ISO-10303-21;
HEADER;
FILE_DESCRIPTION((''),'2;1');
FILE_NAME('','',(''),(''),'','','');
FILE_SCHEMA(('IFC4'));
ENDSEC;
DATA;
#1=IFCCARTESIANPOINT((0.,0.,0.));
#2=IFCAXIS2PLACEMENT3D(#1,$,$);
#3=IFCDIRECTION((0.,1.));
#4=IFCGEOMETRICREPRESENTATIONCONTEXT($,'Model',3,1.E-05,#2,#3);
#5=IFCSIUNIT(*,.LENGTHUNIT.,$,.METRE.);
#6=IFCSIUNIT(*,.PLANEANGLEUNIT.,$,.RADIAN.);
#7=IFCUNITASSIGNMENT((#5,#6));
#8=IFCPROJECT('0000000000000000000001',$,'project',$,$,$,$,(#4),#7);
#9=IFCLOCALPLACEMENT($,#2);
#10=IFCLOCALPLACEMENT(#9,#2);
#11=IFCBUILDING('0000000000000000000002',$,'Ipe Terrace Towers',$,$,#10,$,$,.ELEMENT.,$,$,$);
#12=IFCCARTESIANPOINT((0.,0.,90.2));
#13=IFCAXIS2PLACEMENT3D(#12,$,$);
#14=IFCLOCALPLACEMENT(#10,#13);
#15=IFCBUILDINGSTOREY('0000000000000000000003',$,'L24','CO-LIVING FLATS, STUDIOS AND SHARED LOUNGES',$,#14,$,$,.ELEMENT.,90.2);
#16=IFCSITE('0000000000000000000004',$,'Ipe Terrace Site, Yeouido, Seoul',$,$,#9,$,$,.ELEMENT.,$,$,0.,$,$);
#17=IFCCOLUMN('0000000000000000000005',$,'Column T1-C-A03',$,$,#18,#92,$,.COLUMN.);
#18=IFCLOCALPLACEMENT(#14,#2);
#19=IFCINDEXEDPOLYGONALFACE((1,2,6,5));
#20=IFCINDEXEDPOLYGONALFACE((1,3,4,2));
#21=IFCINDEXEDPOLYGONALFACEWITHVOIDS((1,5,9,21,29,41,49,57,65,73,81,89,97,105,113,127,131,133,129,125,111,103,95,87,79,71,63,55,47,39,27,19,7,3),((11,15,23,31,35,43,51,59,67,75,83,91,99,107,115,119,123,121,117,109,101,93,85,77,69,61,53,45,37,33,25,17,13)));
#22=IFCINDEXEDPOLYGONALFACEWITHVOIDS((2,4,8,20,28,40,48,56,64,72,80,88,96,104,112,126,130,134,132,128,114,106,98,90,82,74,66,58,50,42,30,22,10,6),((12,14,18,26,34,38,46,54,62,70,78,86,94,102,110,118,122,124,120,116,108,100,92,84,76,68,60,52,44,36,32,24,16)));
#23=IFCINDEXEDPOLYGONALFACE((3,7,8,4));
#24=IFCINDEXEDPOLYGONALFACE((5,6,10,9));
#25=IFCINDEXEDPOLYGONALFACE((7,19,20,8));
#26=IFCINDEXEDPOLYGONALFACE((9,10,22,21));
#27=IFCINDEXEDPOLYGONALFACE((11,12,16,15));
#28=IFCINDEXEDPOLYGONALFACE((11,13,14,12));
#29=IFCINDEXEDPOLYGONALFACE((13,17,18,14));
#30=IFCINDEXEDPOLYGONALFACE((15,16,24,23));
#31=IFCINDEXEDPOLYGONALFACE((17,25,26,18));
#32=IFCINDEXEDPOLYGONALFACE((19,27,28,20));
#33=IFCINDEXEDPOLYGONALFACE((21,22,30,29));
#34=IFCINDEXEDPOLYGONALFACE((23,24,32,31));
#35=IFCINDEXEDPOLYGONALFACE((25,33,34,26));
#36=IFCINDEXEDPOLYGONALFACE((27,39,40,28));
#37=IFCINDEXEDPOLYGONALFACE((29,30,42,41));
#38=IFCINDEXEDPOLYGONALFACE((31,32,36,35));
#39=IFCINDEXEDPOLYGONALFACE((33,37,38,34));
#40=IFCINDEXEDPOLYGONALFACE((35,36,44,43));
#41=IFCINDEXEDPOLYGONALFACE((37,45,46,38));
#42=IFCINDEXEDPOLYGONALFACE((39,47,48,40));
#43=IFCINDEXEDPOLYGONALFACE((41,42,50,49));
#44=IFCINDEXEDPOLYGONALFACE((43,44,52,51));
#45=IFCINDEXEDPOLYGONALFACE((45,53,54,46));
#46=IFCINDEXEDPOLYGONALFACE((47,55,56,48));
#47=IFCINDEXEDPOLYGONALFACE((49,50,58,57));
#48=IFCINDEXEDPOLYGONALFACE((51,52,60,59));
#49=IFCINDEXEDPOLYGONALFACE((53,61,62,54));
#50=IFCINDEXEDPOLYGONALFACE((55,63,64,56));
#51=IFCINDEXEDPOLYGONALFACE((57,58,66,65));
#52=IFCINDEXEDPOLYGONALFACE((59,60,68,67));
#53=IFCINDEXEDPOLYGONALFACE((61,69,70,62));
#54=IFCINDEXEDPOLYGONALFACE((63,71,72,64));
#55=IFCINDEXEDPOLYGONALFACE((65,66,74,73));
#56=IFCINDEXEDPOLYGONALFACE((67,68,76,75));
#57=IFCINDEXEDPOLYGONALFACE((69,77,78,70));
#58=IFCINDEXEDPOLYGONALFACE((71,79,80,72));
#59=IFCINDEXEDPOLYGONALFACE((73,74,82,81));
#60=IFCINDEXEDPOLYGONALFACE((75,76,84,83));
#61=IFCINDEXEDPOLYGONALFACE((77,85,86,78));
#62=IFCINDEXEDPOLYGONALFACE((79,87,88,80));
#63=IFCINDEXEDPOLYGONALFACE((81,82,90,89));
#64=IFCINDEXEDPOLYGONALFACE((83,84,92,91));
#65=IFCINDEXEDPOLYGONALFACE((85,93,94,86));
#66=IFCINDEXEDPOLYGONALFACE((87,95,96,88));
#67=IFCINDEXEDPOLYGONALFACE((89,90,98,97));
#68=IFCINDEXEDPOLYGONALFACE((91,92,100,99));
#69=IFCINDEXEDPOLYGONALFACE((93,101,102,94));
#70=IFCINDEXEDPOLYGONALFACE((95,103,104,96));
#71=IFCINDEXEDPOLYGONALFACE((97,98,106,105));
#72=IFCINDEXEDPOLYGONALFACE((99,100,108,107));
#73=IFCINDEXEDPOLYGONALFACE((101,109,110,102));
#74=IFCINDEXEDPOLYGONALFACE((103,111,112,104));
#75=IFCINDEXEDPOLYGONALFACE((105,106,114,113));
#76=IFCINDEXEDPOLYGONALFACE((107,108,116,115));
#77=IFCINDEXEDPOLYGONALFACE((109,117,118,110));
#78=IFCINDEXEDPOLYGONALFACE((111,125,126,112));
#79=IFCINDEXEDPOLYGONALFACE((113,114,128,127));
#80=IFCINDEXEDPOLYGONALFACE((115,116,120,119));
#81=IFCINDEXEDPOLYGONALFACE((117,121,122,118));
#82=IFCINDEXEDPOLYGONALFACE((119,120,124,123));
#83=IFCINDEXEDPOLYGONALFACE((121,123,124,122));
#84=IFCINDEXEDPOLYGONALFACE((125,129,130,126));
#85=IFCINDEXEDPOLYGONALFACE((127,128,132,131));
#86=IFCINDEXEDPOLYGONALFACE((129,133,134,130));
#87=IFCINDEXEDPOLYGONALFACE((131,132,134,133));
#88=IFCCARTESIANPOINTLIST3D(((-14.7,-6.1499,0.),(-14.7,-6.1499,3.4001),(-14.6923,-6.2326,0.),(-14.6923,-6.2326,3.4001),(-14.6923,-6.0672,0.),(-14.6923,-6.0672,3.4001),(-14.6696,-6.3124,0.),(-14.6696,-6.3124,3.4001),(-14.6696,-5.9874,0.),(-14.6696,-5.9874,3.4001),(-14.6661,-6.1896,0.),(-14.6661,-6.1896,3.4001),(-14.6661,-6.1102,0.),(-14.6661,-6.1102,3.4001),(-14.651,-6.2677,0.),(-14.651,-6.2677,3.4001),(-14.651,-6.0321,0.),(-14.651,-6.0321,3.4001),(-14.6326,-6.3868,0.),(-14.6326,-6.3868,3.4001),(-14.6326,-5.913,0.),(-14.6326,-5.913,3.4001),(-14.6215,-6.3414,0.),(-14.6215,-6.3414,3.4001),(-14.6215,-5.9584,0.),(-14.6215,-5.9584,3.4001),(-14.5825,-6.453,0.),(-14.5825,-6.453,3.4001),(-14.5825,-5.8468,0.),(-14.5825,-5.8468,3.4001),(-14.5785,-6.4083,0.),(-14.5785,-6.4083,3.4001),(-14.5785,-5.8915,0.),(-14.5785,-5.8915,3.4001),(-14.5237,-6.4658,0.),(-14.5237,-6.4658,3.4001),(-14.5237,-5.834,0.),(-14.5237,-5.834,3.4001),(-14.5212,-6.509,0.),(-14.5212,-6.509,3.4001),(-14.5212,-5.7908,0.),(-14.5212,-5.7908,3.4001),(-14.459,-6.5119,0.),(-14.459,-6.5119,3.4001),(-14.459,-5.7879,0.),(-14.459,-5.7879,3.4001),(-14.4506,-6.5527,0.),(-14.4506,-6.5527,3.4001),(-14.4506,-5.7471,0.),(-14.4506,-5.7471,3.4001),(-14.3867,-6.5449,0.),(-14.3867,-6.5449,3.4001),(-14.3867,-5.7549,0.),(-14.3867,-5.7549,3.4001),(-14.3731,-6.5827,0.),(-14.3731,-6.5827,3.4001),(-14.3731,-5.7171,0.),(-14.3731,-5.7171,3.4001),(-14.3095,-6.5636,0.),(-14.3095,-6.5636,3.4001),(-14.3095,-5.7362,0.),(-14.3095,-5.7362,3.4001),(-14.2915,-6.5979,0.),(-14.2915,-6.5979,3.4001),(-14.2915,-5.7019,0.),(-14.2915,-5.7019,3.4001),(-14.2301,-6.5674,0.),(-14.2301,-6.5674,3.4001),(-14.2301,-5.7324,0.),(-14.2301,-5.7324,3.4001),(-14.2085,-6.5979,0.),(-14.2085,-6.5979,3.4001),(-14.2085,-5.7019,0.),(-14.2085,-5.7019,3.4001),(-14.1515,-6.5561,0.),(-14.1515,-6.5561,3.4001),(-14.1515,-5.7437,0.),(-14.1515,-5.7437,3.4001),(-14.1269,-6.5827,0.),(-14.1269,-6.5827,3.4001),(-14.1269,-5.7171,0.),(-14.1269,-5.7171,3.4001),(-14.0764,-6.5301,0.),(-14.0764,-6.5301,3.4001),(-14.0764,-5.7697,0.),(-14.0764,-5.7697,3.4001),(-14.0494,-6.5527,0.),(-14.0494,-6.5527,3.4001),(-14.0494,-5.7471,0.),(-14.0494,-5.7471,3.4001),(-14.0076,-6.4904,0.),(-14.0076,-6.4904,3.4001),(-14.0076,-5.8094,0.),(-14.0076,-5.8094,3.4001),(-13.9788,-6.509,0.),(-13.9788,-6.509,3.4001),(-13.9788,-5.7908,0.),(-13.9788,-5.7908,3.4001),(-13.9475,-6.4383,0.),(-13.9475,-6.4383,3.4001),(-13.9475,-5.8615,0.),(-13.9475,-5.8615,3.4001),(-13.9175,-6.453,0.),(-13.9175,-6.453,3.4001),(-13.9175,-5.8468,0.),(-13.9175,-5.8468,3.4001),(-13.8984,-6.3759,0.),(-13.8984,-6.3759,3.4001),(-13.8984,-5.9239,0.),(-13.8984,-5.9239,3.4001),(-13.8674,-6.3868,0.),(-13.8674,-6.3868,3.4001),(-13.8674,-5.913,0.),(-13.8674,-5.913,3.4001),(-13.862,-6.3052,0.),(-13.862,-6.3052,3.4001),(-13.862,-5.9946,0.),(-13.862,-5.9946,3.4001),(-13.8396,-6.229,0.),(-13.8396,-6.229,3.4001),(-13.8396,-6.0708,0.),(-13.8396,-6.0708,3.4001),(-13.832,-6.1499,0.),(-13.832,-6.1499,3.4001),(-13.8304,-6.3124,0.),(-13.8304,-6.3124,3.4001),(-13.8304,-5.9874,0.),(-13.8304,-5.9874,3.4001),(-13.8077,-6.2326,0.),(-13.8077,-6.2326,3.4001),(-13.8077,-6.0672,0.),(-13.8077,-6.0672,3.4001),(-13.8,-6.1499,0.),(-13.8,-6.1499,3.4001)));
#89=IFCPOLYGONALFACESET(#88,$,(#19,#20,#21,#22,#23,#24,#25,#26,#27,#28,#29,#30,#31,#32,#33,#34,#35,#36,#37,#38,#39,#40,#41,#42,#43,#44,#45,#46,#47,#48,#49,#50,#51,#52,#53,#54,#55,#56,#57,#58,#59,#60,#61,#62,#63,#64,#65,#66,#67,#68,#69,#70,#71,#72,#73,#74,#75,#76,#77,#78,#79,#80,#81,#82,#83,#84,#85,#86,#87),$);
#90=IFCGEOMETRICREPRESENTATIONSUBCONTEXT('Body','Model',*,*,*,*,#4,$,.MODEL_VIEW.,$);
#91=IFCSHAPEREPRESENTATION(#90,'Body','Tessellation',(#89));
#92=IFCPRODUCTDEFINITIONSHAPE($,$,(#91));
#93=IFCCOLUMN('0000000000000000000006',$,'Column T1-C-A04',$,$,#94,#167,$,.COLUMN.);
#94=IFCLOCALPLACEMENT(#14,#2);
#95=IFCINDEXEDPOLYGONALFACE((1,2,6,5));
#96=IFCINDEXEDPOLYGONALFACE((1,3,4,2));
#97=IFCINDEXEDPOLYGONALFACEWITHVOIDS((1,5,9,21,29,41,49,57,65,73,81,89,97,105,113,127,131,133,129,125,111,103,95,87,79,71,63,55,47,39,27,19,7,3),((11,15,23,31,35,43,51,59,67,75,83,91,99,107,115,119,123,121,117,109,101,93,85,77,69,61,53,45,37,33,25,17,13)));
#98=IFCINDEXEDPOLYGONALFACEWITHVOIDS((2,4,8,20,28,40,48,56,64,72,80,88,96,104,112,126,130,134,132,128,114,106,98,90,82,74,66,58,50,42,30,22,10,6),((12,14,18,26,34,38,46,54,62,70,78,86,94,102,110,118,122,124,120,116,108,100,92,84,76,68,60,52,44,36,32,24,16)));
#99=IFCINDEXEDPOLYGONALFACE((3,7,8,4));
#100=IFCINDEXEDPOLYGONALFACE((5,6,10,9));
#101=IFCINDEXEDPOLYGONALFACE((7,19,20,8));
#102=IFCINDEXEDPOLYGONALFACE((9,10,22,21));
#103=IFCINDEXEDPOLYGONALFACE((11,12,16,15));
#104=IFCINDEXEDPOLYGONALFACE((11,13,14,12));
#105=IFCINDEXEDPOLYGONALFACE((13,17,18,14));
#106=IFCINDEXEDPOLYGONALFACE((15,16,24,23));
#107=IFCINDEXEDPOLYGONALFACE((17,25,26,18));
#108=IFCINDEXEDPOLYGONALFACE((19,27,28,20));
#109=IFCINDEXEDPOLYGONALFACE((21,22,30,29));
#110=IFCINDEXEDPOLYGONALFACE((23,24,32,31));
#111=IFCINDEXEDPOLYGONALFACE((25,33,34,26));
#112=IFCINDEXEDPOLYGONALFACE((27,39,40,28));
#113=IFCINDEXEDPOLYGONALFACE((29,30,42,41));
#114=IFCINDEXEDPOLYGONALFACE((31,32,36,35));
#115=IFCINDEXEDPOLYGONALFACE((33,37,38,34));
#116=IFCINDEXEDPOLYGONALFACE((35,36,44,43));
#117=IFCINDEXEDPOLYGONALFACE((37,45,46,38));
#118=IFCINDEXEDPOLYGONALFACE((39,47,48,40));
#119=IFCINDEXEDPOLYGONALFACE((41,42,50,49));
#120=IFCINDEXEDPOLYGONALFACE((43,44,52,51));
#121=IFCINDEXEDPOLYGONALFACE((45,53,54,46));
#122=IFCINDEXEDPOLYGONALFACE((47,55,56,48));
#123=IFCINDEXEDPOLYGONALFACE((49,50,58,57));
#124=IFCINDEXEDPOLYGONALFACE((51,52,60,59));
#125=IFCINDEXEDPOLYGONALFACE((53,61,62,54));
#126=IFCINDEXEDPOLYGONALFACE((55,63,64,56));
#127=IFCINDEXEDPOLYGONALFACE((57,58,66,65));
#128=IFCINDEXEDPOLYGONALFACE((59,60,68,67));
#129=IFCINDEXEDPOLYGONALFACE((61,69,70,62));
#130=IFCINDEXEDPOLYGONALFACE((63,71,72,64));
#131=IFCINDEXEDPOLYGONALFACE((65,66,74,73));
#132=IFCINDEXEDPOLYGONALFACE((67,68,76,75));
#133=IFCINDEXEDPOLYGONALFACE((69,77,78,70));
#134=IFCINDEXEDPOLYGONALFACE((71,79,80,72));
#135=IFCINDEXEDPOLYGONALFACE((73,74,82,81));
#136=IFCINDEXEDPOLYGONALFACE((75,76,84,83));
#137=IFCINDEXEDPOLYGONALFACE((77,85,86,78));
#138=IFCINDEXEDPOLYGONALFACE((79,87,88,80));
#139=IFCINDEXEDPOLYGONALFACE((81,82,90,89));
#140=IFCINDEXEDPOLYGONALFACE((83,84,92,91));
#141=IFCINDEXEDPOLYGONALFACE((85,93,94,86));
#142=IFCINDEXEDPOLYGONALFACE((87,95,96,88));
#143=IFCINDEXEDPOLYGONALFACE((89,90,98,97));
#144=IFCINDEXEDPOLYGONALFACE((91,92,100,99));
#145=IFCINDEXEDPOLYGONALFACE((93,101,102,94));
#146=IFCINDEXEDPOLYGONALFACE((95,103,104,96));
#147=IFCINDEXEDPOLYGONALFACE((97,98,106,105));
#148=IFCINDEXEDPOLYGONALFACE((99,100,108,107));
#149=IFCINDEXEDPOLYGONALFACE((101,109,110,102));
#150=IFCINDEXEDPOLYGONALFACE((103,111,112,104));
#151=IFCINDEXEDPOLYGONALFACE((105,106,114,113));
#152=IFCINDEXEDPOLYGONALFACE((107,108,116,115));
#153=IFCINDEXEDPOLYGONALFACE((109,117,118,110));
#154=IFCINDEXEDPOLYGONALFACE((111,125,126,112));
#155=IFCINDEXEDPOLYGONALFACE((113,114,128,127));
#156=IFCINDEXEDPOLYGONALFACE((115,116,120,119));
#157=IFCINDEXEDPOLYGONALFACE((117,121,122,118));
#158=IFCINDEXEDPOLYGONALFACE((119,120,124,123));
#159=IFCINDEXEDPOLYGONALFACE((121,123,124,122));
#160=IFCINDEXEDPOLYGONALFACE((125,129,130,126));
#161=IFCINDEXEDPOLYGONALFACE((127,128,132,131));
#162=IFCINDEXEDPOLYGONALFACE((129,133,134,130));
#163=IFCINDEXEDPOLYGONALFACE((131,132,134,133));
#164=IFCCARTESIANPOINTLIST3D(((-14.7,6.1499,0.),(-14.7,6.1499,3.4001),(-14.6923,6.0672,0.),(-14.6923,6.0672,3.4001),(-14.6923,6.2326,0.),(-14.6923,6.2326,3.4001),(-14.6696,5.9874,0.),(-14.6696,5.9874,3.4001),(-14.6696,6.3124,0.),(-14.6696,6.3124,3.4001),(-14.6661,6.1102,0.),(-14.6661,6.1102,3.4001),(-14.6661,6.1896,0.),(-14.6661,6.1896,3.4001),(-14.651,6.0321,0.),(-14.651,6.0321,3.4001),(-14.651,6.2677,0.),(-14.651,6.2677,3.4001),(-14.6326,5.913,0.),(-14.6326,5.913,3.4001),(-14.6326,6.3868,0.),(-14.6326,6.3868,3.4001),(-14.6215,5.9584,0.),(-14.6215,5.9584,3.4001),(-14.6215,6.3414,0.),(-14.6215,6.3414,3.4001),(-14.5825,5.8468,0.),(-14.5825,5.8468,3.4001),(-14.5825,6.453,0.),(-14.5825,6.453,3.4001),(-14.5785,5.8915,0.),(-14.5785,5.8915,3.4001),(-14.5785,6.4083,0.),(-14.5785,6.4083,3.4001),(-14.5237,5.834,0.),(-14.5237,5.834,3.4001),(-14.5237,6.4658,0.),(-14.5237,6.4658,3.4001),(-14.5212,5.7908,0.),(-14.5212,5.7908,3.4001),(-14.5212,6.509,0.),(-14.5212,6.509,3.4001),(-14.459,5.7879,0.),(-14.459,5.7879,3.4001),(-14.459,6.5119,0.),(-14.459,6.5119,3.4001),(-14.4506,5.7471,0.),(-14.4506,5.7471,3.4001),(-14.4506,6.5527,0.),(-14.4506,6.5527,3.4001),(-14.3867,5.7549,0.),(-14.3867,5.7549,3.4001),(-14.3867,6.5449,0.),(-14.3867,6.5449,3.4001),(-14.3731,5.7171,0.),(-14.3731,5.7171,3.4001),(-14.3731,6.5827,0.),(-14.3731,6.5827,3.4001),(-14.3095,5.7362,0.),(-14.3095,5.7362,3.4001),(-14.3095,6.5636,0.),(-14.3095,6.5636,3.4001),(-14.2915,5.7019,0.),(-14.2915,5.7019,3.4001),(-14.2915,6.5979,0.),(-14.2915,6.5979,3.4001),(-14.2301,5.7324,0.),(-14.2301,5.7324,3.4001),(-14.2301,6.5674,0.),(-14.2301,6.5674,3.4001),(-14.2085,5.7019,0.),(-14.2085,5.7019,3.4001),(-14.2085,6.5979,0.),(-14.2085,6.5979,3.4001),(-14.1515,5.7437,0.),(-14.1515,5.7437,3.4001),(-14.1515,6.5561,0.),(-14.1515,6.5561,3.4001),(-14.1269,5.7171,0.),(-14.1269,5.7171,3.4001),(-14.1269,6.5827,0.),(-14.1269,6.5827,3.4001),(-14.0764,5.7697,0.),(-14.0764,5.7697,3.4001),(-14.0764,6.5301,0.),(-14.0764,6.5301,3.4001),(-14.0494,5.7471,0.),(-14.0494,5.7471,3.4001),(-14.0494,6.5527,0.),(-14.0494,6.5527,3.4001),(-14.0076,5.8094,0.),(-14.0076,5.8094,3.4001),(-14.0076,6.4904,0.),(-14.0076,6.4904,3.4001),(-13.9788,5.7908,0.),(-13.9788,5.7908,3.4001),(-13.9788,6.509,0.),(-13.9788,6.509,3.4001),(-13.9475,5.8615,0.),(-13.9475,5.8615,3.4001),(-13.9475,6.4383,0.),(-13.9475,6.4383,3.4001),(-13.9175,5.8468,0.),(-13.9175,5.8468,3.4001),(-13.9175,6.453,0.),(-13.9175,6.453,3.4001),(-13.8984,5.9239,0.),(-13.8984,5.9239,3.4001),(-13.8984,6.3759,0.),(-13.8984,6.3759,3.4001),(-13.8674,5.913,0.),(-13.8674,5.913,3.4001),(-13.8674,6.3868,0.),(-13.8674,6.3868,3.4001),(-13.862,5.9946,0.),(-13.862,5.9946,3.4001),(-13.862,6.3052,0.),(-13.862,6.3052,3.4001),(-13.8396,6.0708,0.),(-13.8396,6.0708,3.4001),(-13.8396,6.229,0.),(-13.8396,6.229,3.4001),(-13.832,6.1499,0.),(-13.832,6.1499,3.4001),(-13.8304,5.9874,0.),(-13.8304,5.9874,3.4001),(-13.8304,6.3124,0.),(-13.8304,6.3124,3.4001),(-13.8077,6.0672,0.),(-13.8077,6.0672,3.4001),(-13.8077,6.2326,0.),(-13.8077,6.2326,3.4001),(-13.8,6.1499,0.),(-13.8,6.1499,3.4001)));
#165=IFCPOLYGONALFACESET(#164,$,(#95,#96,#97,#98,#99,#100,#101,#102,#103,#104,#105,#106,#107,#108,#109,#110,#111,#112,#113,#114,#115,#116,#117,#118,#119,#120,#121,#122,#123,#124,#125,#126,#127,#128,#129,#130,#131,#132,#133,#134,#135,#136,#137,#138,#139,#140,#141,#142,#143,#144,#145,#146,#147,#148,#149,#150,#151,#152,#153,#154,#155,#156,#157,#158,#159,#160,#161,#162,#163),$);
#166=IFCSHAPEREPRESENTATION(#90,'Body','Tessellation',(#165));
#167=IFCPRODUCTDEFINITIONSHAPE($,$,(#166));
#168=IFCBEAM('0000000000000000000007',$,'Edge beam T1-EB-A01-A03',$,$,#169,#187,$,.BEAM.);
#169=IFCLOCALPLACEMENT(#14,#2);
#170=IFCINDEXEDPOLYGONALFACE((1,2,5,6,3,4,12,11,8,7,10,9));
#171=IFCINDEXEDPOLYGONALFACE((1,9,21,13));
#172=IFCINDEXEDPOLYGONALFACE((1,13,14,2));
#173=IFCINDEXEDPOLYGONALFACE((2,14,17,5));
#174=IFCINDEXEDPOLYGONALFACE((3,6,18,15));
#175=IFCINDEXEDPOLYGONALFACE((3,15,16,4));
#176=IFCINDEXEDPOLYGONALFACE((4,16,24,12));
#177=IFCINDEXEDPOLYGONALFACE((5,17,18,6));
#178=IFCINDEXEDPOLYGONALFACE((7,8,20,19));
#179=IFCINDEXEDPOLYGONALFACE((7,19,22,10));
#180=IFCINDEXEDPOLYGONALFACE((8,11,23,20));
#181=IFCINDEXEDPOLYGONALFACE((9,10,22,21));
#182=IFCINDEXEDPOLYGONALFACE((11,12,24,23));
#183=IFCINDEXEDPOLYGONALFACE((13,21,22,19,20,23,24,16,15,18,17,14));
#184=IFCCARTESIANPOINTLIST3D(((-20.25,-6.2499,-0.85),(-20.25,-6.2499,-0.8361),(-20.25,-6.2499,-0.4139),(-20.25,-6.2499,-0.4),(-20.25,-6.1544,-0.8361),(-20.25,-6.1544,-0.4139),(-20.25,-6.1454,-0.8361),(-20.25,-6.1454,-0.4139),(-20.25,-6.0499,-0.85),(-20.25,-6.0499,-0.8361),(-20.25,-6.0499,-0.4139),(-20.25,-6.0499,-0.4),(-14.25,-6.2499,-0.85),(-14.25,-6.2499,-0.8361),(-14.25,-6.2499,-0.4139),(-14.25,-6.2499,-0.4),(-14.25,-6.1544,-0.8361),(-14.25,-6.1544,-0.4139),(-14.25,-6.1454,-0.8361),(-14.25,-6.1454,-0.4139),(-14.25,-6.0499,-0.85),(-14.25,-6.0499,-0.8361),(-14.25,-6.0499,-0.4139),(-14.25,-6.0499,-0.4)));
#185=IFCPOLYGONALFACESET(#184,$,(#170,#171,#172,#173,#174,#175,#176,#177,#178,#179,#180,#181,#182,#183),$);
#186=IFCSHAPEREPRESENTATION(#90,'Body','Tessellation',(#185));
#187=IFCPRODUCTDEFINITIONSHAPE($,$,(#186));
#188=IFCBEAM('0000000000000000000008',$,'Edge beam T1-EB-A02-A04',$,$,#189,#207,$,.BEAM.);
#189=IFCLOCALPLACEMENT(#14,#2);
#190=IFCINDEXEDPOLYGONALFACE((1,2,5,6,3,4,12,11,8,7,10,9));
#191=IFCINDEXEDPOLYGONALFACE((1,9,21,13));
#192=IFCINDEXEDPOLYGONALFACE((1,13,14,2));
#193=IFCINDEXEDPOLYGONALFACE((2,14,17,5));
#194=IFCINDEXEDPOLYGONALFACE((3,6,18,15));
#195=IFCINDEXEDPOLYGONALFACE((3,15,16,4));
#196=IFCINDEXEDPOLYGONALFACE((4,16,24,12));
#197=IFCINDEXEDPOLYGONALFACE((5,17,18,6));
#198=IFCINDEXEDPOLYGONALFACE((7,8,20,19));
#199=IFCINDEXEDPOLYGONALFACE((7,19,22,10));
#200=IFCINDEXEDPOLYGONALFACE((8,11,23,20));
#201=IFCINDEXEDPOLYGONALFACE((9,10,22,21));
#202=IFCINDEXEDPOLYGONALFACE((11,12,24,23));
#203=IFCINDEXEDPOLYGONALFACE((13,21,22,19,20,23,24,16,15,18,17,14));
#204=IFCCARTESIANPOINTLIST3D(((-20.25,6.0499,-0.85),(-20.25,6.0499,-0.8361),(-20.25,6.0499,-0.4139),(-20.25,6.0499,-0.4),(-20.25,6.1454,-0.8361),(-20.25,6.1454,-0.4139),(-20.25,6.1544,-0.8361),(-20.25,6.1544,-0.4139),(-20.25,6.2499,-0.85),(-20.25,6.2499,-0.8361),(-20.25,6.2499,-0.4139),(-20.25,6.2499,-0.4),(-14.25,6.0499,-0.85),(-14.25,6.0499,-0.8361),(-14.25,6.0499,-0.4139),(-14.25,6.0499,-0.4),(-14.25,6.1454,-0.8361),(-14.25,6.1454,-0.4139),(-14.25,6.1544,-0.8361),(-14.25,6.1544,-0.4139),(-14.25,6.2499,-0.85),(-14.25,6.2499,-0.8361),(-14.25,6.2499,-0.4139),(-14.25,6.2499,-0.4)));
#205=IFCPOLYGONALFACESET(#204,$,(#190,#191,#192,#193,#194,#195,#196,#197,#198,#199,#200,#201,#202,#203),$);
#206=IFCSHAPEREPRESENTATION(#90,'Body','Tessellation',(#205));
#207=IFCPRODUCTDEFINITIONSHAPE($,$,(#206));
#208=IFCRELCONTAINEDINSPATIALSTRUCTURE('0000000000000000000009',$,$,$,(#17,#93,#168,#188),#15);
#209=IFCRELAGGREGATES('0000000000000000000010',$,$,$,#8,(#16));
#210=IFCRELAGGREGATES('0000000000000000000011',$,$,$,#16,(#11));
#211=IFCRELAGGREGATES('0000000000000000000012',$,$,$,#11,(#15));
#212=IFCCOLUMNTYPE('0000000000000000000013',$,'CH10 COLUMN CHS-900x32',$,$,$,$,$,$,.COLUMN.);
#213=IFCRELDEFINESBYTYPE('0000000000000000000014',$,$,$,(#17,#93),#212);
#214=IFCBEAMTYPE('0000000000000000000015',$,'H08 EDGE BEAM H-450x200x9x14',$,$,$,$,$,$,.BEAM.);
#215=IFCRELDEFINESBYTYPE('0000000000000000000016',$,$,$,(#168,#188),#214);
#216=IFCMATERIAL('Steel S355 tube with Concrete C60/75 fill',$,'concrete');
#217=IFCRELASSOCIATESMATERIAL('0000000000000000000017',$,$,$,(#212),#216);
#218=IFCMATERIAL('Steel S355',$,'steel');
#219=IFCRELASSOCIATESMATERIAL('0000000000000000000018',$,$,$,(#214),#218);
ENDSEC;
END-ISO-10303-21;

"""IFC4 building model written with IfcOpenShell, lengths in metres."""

from ifc_helpers import new_model, si_unit, direction, frame, origin, origin_2d, place, context, subcontext, project, spatial, hollow_circle, i_section, extrude, material, material_profile, profile_set, type_object, element, save


model = new_model("IFC4")

# Units and contexts
model_context = context("Model", 3, precision=1e-05, world=origin(), true_north=direction((0.0, 1.0)))
body_context = subcontext(model_context, "Body", "Model", "MODEL_VIEW")
ifc_project = project(units=[si_unit("LENGTHUNIT", "METRE"), si_unit("PLANEANGLEUNIT", "RADIAN")], contexts=[model_context])

# Site, building, storey
site_placement = place(None, origin())
site = spatial("IfcSite", under=ifc_project, at=site_placement, Name="Ipe Terrace Site, Yeouido, Seoul", CompositionType="ELEMENT", RefElevation=0.0)
building_placement = place(site_placement, origin())
building = spatial("IfcBuilding", under=site, at=building_placement, Name="Ipe Terrace Towers", CompositionType="ELEMENT")
storey_placement = place(building_placement, frame((0.0, 0.0, 90.2)))
storey = spatial("IfcBuildingStorey", under=building, at=storey_placement, Name="L24", Description="CO-LIVING FLATS, STUDIOS AND SHARED LOUNGES", CompositionType="ELEMENT", Elevation=90.2)

# Columns
ifc_material_1 = material(Name="Steel S355 tube with Concrete C60/75 fill", Category="concrete")
ifc_material_profile_1 = material_profile(ifc_material_1, hollow_circle(Radius=0.45, WallThickness=0.032, at=origin_2d()), Name="CHS-900x32")
ifc_profile_set_1 = profile_set([ifc_material_profile_1], Name="Steel S355 tube with Concrete C60/75 fill")
column_type = type_object("IfcColumnType", Name="CH10 COLUMN CHS-900x32", PredefinedType="COLUMN", material=ifc_profile_set_1)
for number, where, z_axis, x_axis, name in (
    (1, (-14.25, -6.1499, 0.0), (0.0, 0.0, 1.0), (1.0, 0.0, 0.0), "Column T1-C-A03"),
    (2, (-14.25, 6.1499, 0.0), (0.0, 0.0, 1.0), (1.0, 0.0, 0.0), "Column T1-C-A04"),
):
    element("IfcColumn", number, at=place(storey_placement, frame(where, z_axis=z_axis, x_axis=x_axis)), inside=storey, type_object=column_type, Name=name, PredefinedType="COLUMN", context=body_context, shape_type="SweptSolid", body=[
        extrude(hollow_circle(Radius=0.45, WallThickness=0.032, at=origin_2d()), origin(), (0.0, 0.0, 1.0), 3.4001),
    ])

# Beams
ifc_material_2 = material(Name="Steel S355", Category="steel")
ifc_material_profile_2 = material_profile(ifc_material_2, i_section(OverallWidth=0.2, OverallDepth=0.45, WebThickness=0.009, FlangeThickness=0.0139, at=origin_2d()), Name="H-450x200x9x14")
ifc_profile_set_2 = profile_set([ifc_material_profile_2], Name="Steel S355")
beam_type = type_object("IfcBeamType", Name="H08 EDGE BEAM H-450x200x9x14", PredefinedType="BEAM", material=ifc_profile_set_2)
for number, where, z_axis, x_axis, name in (
    (3, (-20.25, -6.1499, -0.625), (1.0, 0.0, 0.0), (0.0, 1.0, 0.0), "Edge beam T1-EB-A01-A03"),
    (4, (-20.25, 6.1499, -0.625), (1.0, 0.0, 0.0), (0.0, 1.0, 0.0), "Edge beam T1-EB-A02-A04"),
):
    element("IfcBeam", number, at=place(storey_placement, frame(where, z_axis=z_axis, x_axis=x_axis)), inside=storey, type_object=beam_type, Name=name, PredefinedType="BEAM", context=body_context, shape_type="SweptSolid", body=[
        extrude(i_section(OverallWidth=0.2, OverallDepth=0.45, WebThickness=0.009, FlangeThickness=0.0139, at=origin_2d()), origin(), (0.0, 0.0, 1.0), 6.0),
    ])

save(model, "model.ifc")
